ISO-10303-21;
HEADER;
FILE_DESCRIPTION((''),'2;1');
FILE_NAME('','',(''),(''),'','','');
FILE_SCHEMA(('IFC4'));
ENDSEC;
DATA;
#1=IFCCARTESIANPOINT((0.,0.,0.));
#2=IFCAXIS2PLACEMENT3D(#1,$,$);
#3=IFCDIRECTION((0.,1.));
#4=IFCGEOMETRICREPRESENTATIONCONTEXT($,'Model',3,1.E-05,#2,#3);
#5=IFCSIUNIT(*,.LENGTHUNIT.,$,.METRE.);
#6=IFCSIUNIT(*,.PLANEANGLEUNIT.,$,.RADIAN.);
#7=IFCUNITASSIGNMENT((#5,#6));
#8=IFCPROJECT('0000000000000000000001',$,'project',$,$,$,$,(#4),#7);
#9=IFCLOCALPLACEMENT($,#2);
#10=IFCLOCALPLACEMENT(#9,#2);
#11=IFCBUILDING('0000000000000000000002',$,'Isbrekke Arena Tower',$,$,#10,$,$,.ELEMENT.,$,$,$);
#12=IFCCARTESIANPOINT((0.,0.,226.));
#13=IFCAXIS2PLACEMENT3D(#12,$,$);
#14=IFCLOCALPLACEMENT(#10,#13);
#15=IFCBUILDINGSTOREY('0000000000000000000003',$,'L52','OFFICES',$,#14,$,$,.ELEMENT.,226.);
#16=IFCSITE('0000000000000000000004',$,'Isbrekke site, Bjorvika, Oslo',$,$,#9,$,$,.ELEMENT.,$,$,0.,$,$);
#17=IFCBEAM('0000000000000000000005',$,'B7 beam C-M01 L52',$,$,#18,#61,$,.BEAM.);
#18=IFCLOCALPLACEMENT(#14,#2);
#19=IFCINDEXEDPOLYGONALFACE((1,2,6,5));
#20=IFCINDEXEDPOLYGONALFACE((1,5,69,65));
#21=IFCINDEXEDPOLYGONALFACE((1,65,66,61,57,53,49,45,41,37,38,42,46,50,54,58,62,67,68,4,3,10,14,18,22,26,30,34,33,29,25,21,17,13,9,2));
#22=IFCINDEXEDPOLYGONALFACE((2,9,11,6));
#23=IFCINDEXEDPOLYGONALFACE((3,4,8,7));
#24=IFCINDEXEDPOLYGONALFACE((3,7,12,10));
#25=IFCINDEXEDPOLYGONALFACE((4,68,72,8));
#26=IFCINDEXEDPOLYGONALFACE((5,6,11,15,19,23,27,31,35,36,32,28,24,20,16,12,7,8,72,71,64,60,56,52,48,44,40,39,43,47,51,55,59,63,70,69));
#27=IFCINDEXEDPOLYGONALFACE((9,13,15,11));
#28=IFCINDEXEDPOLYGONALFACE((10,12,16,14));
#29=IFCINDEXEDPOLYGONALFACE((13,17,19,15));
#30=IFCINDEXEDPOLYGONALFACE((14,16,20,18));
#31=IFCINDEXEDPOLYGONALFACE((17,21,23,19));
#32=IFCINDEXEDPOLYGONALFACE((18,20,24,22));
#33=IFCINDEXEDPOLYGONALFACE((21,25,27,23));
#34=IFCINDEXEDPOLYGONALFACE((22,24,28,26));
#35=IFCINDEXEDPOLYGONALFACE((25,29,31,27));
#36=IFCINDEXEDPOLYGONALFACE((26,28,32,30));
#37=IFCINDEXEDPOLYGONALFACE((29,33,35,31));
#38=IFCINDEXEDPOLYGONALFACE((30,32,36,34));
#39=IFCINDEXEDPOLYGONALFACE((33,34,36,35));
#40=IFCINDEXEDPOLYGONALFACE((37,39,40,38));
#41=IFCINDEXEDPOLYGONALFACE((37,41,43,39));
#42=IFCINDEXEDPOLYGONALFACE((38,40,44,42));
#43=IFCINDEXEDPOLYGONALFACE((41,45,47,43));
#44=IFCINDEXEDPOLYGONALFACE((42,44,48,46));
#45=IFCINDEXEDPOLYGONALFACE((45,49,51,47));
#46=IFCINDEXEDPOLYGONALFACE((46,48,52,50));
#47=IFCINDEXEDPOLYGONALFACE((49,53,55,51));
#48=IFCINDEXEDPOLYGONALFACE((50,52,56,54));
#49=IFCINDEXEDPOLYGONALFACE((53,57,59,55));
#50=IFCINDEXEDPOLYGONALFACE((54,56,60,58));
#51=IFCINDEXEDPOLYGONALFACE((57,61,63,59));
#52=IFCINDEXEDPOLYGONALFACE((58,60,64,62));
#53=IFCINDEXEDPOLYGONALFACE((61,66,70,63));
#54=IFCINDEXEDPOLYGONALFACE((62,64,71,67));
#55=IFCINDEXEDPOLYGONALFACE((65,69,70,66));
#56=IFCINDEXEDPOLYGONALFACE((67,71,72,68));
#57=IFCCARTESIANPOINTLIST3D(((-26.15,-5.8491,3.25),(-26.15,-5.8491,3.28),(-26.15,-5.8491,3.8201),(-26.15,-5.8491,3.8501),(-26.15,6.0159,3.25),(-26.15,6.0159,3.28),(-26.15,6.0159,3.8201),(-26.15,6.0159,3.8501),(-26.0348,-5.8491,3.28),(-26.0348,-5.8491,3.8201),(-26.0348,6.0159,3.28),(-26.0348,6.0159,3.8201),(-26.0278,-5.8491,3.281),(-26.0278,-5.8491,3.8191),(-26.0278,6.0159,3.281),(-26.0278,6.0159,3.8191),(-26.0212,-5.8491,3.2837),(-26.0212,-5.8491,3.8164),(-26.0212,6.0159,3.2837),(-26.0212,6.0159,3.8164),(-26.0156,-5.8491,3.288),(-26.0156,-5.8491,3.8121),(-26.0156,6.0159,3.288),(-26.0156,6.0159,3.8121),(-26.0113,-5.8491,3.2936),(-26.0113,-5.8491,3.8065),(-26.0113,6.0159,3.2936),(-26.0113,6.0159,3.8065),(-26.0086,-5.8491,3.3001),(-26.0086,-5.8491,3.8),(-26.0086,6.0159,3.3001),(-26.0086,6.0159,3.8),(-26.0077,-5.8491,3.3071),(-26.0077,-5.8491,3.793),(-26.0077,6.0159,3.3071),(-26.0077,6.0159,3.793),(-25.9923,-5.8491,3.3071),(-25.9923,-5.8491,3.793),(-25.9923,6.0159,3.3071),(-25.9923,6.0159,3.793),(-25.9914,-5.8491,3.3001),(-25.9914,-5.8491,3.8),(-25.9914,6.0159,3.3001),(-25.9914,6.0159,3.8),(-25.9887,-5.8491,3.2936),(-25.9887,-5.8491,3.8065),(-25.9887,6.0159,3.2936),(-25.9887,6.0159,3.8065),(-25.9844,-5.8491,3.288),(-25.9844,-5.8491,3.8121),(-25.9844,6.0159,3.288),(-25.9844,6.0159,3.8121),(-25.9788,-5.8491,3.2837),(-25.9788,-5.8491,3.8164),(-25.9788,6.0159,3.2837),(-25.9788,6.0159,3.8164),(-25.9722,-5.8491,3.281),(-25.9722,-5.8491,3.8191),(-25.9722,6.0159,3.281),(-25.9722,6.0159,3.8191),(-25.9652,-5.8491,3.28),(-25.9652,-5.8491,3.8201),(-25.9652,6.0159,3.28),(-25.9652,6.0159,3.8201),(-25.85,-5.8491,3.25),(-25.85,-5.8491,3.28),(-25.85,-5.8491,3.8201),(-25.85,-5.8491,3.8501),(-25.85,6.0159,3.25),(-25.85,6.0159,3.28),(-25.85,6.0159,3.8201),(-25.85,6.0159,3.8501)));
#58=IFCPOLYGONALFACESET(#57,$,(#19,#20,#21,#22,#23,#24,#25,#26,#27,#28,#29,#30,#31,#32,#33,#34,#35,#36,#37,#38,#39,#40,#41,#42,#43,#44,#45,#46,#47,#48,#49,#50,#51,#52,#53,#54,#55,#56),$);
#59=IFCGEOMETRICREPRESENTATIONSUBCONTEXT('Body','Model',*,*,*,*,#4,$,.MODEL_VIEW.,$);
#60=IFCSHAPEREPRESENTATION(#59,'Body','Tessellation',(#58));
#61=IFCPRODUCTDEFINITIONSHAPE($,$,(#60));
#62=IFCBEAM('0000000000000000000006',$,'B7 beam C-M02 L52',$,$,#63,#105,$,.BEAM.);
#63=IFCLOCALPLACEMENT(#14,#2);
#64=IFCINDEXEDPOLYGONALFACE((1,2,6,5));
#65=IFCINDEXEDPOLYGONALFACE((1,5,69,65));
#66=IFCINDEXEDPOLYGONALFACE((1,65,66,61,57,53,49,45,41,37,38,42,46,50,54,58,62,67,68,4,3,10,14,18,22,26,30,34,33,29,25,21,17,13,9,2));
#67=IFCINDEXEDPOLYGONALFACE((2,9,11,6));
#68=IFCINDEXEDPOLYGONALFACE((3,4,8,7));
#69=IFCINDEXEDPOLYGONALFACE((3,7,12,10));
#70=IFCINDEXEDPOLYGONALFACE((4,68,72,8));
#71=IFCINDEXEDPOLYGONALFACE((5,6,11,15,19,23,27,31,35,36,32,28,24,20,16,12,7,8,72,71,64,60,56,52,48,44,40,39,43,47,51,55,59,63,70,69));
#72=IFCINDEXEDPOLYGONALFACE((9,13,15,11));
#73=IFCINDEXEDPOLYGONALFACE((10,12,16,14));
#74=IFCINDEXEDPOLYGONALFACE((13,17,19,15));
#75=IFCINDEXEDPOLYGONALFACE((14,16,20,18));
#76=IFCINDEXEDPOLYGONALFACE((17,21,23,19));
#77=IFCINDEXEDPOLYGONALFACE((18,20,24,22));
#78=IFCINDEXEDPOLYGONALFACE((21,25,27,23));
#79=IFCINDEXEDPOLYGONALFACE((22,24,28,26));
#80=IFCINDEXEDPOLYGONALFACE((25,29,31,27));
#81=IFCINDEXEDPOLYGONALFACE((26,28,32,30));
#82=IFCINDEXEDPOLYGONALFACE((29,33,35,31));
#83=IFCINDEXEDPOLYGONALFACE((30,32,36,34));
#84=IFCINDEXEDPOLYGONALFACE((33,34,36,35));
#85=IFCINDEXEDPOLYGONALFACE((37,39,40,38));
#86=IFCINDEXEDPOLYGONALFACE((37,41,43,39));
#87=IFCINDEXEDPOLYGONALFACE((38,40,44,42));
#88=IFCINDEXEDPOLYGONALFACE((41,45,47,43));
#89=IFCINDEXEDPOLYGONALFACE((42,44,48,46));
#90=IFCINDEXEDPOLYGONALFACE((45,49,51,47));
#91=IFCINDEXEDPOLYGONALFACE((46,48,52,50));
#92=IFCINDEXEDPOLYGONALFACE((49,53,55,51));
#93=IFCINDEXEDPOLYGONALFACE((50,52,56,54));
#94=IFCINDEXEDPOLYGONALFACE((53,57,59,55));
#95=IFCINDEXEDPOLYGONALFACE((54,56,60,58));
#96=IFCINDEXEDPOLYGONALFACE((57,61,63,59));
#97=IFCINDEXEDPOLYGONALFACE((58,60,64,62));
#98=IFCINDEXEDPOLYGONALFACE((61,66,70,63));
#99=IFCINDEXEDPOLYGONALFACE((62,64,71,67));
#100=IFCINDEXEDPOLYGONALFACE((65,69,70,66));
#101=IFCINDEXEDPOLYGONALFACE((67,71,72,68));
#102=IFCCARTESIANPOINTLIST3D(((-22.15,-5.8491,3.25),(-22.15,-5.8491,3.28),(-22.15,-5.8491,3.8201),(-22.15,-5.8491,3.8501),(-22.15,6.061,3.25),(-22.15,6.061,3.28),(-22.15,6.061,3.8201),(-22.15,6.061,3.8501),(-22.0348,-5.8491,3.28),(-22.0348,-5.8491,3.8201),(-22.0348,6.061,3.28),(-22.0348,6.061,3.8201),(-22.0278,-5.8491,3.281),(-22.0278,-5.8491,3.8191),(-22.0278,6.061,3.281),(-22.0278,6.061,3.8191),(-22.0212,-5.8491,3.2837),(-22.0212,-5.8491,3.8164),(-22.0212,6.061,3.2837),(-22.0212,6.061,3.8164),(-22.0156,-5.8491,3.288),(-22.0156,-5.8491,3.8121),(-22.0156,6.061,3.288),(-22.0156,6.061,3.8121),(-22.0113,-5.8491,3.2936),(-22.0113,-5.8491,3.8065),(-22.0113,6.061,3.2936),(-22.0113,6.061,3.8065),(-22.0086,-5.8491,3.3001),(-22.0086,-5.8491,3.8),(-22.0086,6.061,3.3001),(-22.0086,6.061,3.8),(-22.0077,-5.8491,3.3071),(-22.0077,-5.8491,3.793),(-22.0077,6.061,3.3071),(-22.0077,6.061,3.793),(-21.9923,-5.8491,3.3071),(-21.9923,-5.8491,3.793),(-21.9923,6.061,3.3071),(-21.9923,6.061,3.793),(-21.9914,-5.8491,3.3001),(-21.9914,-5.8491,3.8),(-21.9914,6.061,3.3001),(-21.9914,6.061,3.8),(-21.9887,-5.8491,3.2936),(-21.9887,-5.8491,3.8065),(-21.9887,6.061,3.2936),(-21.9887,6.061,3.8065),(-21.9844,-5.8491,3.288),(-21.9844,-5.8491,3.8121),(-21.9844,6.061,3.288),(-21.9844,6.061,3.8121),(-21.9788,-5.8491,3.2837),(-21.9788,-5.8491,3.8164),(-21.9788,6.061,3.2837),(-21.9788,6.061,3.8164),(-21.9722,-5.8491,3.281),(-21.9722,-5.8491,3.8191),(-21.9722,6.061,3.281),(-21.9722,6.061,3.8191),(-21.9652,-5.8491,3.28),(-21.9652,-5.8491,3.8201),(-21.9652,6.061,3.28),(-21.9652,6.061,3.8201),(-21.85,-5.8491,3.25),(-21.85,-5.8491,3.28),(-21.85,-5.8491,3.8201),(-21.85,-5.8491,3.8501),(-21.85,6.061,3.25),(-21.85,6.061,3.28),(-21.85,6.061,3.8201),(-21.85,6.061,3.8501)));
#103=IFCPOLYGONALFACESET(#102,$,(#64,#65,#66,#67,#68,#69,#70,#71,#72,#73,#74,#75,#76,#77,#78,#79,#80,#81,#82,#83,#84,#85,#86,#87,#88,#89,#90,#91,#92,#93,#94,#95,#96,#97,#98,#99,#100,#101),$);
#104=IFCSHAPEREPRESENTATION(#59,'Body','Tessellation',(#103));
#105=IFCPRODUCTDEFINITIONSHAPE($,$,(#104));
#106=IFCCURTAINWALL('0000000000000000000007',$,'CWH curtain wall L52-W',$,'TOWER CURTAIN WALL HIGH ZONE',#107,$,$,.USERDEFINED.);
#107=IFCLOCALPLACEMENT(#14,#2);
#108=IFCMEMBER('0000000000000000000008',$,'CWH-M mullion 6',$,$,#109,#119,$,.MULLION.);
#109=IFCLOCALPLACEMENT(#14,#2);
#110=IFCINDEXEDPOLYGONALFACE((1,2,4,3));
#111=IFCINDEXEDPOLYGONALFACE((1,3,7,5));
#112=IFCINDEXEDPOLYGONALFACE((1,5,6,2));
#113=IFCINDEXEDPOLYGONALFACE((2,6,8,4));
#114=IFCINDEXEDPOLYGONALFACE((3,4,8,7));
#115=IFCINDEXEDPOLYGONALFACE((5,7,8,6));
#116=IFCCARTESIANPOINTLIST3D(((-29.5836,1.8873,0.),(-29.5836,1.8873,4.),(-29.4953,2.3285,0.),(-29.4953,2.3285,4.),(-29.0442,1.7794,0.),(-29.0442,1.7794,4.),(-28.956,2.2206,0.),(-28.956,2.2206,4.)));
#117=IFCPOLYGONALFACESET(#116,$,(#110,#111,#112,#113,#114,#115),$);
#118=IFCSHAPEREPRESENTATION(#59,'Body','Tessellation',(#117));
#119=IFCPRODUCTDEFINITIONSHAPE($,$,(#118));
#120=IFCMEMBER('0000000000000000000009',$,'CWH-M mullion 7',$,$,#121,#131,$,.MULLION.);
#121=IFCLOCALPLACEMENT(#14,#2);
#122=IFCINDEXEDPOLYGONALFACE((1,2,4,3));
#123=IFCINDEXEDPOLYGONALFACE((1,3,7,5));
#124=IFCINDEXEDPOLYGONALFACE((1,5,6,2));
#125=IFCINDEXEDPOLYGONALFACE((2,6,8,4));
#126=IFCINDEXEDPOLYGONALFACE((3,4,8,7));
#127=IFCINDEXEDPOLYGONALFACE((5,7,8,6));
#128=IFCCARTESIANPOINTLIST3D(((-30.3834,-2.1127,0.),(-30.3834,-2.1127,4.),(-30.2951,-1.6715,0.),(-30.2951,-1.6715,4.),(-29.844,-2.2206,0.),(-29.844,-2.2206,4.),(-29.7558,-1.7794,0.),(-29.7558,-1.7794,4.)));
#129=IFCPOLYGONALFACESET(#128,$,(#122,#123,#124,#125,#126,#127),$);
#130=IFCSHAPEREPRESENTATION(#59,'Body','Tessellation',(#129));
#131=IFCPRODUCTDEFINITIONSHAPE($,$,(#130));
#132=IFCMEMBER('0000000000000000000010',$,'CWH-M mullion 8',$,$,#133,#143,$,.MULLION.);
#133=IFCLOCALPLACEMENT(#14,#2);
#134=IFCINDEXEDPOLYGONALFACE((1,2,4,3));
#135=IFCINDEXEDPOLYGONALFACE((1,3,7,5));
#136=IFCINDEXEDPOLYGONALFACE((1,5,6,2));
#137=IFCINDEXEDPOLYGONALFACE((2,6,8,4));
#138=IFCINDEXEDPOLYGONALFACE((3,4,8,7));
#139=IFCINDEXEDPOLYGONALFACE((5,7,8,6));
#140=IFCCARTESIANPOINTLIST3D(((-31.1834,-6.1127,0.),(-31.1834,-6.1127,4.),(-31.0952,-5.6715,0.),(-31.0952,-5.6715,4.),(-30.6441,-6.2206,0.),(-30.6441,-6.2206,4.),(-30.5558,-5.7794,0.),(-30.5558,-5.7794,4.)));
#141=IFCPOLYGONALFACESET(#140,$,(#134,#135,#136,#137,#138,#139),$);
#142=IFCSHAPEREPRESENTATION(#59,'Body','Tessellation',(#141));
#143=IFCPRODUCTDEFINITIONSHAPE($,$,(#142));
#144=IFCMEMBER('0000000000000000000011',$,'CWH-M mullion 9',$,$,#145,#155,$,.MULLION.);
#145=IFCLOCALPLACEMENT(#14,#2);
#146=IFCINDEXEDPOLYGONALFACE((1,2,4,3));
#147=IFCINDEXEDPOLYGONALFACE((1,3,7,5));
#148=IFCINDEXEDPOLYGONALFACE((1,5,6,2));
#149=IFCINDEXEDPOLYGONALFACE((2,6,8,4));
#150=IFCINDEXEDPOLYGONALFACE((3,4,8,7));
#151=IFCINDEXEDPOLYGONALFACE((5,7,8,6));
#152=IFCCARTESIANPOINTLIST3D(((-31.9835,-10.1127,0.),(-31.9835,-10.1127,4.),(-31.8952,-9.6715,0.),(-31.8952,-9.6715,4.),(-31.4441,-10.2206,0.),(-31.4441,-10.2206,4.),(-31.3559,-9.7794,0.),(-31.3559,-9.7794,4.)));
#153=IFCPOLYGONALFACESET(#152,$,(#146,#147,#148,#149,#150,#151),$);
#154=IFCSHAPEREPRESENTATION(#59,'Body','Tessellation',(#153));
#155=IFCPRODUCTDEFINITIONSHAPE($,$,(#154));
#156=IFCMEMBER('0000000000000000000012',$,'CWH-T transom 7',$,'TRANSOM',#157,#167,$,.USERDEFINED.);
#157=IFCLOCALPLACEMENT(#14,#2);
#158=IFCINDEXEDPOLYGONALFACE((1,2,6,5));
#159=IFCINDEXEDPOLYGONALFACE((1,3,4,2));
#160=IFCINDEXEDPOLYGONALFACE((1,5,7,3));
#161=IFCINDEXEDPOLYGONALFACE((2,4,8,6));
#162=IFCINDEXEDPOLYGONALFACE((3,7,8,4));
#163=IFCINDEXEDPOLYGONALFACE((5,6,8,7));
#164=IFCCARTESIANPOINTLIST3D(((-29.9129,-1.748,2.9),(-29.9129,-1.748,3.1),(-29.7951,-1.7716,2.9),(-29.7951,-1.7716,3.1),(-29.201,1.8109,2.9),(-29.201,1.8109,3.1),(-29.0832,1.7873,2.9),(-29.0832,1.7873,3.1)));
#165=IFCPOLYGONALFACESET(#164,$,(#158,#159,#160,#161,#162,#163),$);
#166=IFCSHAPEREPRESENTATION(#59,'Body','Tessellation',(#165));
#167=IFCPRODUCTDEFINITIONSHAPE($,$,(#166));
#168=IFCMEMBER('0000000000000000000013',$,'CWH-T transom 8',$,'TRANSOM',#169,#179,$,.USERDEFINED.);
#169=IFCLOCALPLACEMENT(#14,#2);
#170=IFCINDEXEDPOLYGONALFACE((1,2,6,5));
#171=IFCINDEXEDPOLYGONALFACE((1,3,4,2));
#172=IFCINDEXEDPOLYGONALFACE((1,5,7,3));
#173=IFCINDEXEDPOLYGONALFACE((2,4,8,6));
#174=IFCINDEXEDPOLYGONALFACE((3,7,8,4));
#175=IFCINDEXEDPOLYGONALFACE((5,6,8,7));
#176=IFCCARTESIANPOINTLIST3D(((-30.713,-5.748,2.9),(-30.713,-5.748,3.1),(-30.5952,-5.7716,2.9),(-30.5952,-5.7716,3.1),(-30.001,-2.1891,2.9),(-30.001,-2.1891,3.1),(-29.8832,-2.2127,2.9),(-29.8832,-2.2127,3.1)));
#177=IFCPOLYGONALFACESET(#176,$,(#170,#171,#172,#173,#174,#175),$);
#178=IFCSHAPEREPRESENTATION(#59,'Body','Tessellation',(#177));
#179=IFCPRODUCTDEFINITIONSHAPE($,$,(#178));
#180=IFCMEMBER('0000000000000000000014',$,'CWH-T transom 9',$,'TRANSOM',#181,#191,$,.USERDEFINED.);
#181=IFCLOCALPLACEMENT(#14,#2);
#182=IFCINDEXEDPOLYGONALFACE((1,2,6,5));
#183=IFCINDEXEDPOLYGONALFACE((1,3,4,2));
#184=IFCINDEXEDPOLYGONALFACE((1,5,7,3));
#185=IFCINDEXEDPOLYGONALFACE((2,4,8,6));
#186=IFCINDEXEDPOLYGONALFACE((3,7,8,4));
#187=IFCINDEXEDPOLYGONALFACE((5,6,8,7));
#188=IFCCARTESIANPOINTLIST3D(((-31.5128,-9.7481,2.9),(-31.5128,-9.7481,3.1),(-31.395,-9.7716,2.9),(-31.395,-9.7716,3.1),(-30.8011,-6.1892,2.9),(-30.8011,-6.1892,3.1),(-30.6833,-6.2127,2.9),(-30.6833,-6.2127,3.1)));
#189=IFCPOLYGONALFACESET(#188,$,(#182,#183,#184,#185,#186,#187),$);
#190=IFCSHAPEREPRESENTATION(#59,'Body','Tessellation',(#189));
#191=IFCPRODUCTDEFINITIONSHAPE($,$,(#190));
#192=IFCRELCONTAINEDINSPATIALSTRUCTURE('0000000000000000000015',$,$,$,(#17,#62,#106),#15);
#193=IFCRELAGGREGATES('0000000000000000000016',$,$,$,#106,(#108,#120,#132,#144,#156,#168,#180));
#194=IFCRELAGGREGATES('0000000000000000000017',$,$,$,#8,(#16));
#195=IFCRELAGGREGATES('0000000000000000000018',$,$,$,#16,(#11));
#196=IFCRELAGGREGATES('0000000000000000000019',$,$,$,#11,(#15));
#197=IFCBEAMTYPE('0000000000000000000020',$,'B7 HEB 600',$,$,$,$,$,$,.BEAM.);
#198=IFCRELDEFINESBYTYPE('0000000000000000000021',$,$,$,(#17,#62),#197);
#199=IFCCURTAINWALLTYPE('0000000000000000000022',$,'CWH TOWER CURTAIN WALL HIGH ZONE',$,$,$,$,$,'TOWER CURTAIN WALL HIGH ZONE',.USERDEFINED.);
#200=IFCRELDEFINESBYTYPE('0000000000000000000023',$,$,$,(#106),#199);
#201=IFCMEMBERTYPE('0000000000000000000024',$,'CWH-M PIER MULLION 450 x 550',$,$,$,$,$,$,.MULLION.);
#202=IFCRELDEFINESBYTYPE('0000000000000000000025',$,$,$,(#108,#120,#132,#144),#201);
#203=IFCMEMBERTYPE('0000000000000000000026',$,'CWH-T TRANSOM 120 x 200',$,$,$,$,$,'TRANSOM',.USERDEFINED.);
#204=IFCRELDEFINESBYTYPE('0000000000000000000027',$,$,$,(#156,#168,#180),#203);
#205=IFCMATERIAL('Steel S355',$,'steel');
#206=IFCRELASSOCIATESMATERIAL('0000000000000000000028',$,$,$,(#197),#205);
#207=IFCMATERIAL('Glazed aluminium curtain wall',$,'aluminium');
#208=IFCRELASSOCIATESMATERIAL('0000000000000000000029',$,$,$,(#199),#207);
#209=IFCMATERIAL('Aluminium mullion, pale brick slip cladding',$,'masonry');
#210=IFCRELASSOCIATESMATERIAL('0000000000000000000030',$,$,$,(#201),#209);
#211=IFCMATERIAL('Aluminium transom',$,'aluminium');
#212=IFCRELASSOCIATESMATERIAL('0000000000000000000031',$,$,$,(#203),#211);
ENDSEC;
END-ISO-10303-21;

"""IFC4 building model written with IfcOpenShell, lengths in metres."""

from ifc_helpers import new_model, si_unit, direction, frame, origin, origin_2d, place, context, subcontext, project, spatial, rectangle, i_section, extrude, material, material_profile, profile_set, type_object, element, aggregate, save


model = new_model("IFC4")

# Units and contexts
model_context = context("Model", 3, precision=1e-05, world=origin(), true_north=direction((0.0, 1.0)))
body_context = subcontext(model_context, "Body", "Model", "MODEL_VIEW")
ifc_project = project(units=[si_unit("LENGTHUNIT", "METRE"), si_unit("PLANEANGLEUNIT", "RADIAN")], contexts=[model_context])

# Site, building, storey
site_placement = place(None, origin())
site = spatial("IfcSite", under=ifc_project, at=site_placement, Name="Isbrekke site, Bjorvika, Oslo", CompositionType="ELEMENT", RefElevation=0.0)
building_placement = place(site_placement, origin())
building = spatial("IfcBuilding", under=site, at=building_placement, Name="Isbrekke Arena Tower", CompositionType="ELEMENT")
storey_placement = place(building_placement, frame((0.0, 0.0, 226.0)))
storey = spatial("IfcBuildingStorey", under=building, at=storey_placement, Name="L52", Description="OFFICES", CompositionType="ELEMENT", Elevation=226.0)

# Beams
ifc_material_1 = material(Name="Steel S355", Category="steel")
ifc_material_profile_1 = material_profile(ifc_material_1, i_section(OverallWidth=0.3, OverallDepth=0.6001, WebThickness=0.0154, FlangeThickness=0.03, FilletRadius=0.0271, at=origin_2d()), Name="HEB 600")
ifc_profile_set_1 = profile_set([ifc_material_profile_1], Name="Steel S355")
beam_type_1 = type_object("IfcBeamType", Name="B7 HEB 600", PredefinedType="BEAM", material=ifc_profile_set_1)
beam_1_placement = place(storey_placement, frame((-26.0, -5.8491, 3.55), z_axis=(0.0, 1.0, 0.0), x_axis=(-1.0, 0.0, 0.0)))
element("IfcBeam", 1, at=beam_1_placement, inside=storey, type_object=beam_type_1, Name="B7 beam C-M01 L52", PredefinedType="BEAM", context=body_context, shape_type="SweptSolid", body=[
    extrude(i_section(OverallWidth=0.3, OverallDepth=0.6001, WebThickness=0.0154, FlangeThickness=0.03, FilletRadius=0.0271, at=origin_2d()), origin(), (0.0, 0.0, 1.0), 11.865),
])
beam_2_placement = place(storey_placement, frame((-22.0, -5.8491, 3.55), z_axis=(0.0, 1.0, 0.0), x_axis=(-1.0, 0.0, 0.0)))
element("IfcBeam", 2, at=beam_2_placement, inside=storey, type_object=beam_type_1, Name="B7 beam C-M02 L52", PredefinedType="BEAM", context=body_context, shape_type="SweptSolid", body=[
    extrude(i_section(OverallWidth=0.3, OverallDepth=0.6001, WebThickness=0.0154, FlangeThickness=0.03, FilletRadius=0.0271, at=origin_2d()), origin(), (0.0, 0.0, 1.0), 11.9102),
])

# Curtain wall, members
ifc_material_2 = material(Name="Glazed aluminium curtain wall", Category="aluminium")
curtain_wall_type = type_object("IfcCurtainWallType", Name="CWH TOWER CURTAIN WALL HIGH ZONE", ElementType="TOWER CURTAIN WALL HIGH ZONE", PredefinedType="USERDEFINED", material=ifc_material_2)
curtain_wall_placement = place(storey_placement, origin())
curtain_wall = element("IfcCurtainWall", 3, at=curtain_wall_placement, inside=storey, type_object=curtain_wall_type, Name="CWH curtain wall L52-W", ObjectType="TOWER CURTAIN WALL HIGH ZONE", PredefinedType="USERDEFINED")
ifc_material_3 = material(Name="Aluminium mullion, pale brick slip cladding", Category="masonry")
ifc_material_profile_2 = material_profile(ifc_material_3, rectangle(XDim=0.45, YDim=0.55, at=origin_2d()), Name="PIER 450X550")
ifc_profile_set_2 = profile_set([ifc_material_profile_2], Name="Aluminium mullion, pale brick slip cladding")
member_type_1 = type_object("IfcMemberType", Name="CWH-M PIER MULLION 450 x 550", PredefinedType="MULLION", material=ifc_profile_set_2)
member_1_placement = place(storey_placement, frame((-29.2698, 2.054, 0.0), z_axis=(0.0, 0.0, 1.0), x_axis=(-0.196116, -0.980581, 0.0)))
member_1 = element("IfcMember", 4, at=member_1_placement, type_object=member_type_1, Name="CWH-M mullion 6", PredefinedType="MULLION", context=body_context, shape_type="SweptSolid", body=[
    extrude(rectangle(XDim=0.45, YDim=0.55, at=origin_2d()), origin(), (0.0, 0.0, 1.0), 4.0),
])
member_2_placement = place(storey_placement, frame((-30.0696, -1.946, 0.0), z_axis=(0.0, 0.0, 1.0), x_axis=(-0.196116, -0.980581, 0.0)))
member_2 = element("IfcMember", 5, at=member_2_placement, type_object=member_type_1, Name="CWH-M mullion 7", PredefinedType="MULLION", context=body_context, shape_type="SweptSolid", body=[
    extrude(rectangle(XDim=0.45, YDim=0.55, at=origin_2d()), origin(), (0.0, 0.0, 1.0), 4.0),
])
member_3_placement = place(storey_placement, frame((-30.8696, -5.946, 0.0), z_axis=(0.0, 0.0, 1.0), x_axis=(-0.196116, -0.980581, 0.0)))
member_3 = element("IfcMember", 6, at=member_3_placement, type_object=member_type_1, Name="CWH-M mullion 8", PredefinedType="MULLION", context=body_context, shape_type="SweptSolid", body=[
    extrude(rectangle(XDim=0.45, YDim=0.55, at=origin_2d()), origin(), (0.0, 0.0, 1.0), 4.0),
])
member_4_placement = place(storey_placement, frame((-31.6697, -9.946, 0.0), z_axis=(0.0, 0.0, 1.0), x_axis=(-0.196116, -0.980581, 0.0)))
member_4 = element("IfcMember", 7, at=member_4_placement, type_object=member_type_1, Name="CWH-M mullion 9", PredefinedType="MULLION", context=body_context, shape_type="SweptSolid", body=[
    extrude(rectangle(XDim=0.45, YDim=0.55, at=origin_2d()), origin(), (0.0, 0.0, 1.0), 4.0),
])
ifc_material_4 = material(Name="Aluminium transom", Category="aluminium")
ifc_material_profile_3 = material_profile(ifc_material_4, rectangle(XDim=0.1201, YDim=0.2, at=origin_2d()), Name="TRANSOM 120X200")
ifc_profile_set_3 = profile_set([ifc_material_profile_3], Name="Aluminium transom")
member_type_2 = type_object("IfcMemberType", Name="CWH-T TRANSOM 120 x 200", ElementType="TRANSOM", PredefinedType="USERDEFINED", material=ifc_profile_set_3)
member_5_placement = place(storey_placement, frame((-29.1421, 1.7991, 3.0), z_axis=(-0.196155, -0.980573, 0.0), x_axis=(0.980573, -0.196155, 0.0)))
member_5 = element("IfcMember", 8, at=member_5_placement, type_object=member_type_2, Name="CWH-T transom 7", ObjectType="TRANSOM", PredefinedType="USERDEFINED", context=body_context, shape_type="SweptSolid", body=[
    extrude(rectangle(XDim=0.1201, YDim=0.2, at=origin_2d()), origin(), (0.0, 0.0, 1.0), 3.6294),
])
member_6_placement = place(storey_placement, frame((-29.9421, -2.2009, 3.0), z_axis=(-0.196155, -0.980573, 0.0), x_axis=(0.980573, -0.196155, 0.0)))
member_6 = element("IfcMember", 9, at=member_6_placement, type_object=member_type_2, Name="CWH-T transom 8", ObjectType="TRANSOM", PredefinedType="USERDEFINED", context=body_context, shape_type="SweptSolid", body=[
    extrude(rectangle(XDim=0.1201, YDim=0.2, at=origin_2d()), origin(), (0.0, 0.0, 1.0), 3.6294),
])
member_7_placement = place(storey_placement, frame((-30.7422, -6.2009, 3.0), z_axis=(-0.19609, -0.980586, 0.0), x_axis=(0.980586, -0.19609, 0.0)))
member_7 = element("IfcMember", 10, at=member_7_placement, type_object=member_type_2, Name="CWH-T transom 9", ObjectType="TRANSOM", PredefinedType="USERDEFINED", context=body_context, shape_type="SweptSolid", body=[
    extrude(rectangle(XDim=0.1201, YDim=0.2, at=origin_2d()), origin(), (0.0, 0.0, 1.0), 3.6294),
])

aggregate(curtain_wall, [member_1, member_2, member_3, member_4, member_5, member_6, member_7])

save(model, "model.ifc")
